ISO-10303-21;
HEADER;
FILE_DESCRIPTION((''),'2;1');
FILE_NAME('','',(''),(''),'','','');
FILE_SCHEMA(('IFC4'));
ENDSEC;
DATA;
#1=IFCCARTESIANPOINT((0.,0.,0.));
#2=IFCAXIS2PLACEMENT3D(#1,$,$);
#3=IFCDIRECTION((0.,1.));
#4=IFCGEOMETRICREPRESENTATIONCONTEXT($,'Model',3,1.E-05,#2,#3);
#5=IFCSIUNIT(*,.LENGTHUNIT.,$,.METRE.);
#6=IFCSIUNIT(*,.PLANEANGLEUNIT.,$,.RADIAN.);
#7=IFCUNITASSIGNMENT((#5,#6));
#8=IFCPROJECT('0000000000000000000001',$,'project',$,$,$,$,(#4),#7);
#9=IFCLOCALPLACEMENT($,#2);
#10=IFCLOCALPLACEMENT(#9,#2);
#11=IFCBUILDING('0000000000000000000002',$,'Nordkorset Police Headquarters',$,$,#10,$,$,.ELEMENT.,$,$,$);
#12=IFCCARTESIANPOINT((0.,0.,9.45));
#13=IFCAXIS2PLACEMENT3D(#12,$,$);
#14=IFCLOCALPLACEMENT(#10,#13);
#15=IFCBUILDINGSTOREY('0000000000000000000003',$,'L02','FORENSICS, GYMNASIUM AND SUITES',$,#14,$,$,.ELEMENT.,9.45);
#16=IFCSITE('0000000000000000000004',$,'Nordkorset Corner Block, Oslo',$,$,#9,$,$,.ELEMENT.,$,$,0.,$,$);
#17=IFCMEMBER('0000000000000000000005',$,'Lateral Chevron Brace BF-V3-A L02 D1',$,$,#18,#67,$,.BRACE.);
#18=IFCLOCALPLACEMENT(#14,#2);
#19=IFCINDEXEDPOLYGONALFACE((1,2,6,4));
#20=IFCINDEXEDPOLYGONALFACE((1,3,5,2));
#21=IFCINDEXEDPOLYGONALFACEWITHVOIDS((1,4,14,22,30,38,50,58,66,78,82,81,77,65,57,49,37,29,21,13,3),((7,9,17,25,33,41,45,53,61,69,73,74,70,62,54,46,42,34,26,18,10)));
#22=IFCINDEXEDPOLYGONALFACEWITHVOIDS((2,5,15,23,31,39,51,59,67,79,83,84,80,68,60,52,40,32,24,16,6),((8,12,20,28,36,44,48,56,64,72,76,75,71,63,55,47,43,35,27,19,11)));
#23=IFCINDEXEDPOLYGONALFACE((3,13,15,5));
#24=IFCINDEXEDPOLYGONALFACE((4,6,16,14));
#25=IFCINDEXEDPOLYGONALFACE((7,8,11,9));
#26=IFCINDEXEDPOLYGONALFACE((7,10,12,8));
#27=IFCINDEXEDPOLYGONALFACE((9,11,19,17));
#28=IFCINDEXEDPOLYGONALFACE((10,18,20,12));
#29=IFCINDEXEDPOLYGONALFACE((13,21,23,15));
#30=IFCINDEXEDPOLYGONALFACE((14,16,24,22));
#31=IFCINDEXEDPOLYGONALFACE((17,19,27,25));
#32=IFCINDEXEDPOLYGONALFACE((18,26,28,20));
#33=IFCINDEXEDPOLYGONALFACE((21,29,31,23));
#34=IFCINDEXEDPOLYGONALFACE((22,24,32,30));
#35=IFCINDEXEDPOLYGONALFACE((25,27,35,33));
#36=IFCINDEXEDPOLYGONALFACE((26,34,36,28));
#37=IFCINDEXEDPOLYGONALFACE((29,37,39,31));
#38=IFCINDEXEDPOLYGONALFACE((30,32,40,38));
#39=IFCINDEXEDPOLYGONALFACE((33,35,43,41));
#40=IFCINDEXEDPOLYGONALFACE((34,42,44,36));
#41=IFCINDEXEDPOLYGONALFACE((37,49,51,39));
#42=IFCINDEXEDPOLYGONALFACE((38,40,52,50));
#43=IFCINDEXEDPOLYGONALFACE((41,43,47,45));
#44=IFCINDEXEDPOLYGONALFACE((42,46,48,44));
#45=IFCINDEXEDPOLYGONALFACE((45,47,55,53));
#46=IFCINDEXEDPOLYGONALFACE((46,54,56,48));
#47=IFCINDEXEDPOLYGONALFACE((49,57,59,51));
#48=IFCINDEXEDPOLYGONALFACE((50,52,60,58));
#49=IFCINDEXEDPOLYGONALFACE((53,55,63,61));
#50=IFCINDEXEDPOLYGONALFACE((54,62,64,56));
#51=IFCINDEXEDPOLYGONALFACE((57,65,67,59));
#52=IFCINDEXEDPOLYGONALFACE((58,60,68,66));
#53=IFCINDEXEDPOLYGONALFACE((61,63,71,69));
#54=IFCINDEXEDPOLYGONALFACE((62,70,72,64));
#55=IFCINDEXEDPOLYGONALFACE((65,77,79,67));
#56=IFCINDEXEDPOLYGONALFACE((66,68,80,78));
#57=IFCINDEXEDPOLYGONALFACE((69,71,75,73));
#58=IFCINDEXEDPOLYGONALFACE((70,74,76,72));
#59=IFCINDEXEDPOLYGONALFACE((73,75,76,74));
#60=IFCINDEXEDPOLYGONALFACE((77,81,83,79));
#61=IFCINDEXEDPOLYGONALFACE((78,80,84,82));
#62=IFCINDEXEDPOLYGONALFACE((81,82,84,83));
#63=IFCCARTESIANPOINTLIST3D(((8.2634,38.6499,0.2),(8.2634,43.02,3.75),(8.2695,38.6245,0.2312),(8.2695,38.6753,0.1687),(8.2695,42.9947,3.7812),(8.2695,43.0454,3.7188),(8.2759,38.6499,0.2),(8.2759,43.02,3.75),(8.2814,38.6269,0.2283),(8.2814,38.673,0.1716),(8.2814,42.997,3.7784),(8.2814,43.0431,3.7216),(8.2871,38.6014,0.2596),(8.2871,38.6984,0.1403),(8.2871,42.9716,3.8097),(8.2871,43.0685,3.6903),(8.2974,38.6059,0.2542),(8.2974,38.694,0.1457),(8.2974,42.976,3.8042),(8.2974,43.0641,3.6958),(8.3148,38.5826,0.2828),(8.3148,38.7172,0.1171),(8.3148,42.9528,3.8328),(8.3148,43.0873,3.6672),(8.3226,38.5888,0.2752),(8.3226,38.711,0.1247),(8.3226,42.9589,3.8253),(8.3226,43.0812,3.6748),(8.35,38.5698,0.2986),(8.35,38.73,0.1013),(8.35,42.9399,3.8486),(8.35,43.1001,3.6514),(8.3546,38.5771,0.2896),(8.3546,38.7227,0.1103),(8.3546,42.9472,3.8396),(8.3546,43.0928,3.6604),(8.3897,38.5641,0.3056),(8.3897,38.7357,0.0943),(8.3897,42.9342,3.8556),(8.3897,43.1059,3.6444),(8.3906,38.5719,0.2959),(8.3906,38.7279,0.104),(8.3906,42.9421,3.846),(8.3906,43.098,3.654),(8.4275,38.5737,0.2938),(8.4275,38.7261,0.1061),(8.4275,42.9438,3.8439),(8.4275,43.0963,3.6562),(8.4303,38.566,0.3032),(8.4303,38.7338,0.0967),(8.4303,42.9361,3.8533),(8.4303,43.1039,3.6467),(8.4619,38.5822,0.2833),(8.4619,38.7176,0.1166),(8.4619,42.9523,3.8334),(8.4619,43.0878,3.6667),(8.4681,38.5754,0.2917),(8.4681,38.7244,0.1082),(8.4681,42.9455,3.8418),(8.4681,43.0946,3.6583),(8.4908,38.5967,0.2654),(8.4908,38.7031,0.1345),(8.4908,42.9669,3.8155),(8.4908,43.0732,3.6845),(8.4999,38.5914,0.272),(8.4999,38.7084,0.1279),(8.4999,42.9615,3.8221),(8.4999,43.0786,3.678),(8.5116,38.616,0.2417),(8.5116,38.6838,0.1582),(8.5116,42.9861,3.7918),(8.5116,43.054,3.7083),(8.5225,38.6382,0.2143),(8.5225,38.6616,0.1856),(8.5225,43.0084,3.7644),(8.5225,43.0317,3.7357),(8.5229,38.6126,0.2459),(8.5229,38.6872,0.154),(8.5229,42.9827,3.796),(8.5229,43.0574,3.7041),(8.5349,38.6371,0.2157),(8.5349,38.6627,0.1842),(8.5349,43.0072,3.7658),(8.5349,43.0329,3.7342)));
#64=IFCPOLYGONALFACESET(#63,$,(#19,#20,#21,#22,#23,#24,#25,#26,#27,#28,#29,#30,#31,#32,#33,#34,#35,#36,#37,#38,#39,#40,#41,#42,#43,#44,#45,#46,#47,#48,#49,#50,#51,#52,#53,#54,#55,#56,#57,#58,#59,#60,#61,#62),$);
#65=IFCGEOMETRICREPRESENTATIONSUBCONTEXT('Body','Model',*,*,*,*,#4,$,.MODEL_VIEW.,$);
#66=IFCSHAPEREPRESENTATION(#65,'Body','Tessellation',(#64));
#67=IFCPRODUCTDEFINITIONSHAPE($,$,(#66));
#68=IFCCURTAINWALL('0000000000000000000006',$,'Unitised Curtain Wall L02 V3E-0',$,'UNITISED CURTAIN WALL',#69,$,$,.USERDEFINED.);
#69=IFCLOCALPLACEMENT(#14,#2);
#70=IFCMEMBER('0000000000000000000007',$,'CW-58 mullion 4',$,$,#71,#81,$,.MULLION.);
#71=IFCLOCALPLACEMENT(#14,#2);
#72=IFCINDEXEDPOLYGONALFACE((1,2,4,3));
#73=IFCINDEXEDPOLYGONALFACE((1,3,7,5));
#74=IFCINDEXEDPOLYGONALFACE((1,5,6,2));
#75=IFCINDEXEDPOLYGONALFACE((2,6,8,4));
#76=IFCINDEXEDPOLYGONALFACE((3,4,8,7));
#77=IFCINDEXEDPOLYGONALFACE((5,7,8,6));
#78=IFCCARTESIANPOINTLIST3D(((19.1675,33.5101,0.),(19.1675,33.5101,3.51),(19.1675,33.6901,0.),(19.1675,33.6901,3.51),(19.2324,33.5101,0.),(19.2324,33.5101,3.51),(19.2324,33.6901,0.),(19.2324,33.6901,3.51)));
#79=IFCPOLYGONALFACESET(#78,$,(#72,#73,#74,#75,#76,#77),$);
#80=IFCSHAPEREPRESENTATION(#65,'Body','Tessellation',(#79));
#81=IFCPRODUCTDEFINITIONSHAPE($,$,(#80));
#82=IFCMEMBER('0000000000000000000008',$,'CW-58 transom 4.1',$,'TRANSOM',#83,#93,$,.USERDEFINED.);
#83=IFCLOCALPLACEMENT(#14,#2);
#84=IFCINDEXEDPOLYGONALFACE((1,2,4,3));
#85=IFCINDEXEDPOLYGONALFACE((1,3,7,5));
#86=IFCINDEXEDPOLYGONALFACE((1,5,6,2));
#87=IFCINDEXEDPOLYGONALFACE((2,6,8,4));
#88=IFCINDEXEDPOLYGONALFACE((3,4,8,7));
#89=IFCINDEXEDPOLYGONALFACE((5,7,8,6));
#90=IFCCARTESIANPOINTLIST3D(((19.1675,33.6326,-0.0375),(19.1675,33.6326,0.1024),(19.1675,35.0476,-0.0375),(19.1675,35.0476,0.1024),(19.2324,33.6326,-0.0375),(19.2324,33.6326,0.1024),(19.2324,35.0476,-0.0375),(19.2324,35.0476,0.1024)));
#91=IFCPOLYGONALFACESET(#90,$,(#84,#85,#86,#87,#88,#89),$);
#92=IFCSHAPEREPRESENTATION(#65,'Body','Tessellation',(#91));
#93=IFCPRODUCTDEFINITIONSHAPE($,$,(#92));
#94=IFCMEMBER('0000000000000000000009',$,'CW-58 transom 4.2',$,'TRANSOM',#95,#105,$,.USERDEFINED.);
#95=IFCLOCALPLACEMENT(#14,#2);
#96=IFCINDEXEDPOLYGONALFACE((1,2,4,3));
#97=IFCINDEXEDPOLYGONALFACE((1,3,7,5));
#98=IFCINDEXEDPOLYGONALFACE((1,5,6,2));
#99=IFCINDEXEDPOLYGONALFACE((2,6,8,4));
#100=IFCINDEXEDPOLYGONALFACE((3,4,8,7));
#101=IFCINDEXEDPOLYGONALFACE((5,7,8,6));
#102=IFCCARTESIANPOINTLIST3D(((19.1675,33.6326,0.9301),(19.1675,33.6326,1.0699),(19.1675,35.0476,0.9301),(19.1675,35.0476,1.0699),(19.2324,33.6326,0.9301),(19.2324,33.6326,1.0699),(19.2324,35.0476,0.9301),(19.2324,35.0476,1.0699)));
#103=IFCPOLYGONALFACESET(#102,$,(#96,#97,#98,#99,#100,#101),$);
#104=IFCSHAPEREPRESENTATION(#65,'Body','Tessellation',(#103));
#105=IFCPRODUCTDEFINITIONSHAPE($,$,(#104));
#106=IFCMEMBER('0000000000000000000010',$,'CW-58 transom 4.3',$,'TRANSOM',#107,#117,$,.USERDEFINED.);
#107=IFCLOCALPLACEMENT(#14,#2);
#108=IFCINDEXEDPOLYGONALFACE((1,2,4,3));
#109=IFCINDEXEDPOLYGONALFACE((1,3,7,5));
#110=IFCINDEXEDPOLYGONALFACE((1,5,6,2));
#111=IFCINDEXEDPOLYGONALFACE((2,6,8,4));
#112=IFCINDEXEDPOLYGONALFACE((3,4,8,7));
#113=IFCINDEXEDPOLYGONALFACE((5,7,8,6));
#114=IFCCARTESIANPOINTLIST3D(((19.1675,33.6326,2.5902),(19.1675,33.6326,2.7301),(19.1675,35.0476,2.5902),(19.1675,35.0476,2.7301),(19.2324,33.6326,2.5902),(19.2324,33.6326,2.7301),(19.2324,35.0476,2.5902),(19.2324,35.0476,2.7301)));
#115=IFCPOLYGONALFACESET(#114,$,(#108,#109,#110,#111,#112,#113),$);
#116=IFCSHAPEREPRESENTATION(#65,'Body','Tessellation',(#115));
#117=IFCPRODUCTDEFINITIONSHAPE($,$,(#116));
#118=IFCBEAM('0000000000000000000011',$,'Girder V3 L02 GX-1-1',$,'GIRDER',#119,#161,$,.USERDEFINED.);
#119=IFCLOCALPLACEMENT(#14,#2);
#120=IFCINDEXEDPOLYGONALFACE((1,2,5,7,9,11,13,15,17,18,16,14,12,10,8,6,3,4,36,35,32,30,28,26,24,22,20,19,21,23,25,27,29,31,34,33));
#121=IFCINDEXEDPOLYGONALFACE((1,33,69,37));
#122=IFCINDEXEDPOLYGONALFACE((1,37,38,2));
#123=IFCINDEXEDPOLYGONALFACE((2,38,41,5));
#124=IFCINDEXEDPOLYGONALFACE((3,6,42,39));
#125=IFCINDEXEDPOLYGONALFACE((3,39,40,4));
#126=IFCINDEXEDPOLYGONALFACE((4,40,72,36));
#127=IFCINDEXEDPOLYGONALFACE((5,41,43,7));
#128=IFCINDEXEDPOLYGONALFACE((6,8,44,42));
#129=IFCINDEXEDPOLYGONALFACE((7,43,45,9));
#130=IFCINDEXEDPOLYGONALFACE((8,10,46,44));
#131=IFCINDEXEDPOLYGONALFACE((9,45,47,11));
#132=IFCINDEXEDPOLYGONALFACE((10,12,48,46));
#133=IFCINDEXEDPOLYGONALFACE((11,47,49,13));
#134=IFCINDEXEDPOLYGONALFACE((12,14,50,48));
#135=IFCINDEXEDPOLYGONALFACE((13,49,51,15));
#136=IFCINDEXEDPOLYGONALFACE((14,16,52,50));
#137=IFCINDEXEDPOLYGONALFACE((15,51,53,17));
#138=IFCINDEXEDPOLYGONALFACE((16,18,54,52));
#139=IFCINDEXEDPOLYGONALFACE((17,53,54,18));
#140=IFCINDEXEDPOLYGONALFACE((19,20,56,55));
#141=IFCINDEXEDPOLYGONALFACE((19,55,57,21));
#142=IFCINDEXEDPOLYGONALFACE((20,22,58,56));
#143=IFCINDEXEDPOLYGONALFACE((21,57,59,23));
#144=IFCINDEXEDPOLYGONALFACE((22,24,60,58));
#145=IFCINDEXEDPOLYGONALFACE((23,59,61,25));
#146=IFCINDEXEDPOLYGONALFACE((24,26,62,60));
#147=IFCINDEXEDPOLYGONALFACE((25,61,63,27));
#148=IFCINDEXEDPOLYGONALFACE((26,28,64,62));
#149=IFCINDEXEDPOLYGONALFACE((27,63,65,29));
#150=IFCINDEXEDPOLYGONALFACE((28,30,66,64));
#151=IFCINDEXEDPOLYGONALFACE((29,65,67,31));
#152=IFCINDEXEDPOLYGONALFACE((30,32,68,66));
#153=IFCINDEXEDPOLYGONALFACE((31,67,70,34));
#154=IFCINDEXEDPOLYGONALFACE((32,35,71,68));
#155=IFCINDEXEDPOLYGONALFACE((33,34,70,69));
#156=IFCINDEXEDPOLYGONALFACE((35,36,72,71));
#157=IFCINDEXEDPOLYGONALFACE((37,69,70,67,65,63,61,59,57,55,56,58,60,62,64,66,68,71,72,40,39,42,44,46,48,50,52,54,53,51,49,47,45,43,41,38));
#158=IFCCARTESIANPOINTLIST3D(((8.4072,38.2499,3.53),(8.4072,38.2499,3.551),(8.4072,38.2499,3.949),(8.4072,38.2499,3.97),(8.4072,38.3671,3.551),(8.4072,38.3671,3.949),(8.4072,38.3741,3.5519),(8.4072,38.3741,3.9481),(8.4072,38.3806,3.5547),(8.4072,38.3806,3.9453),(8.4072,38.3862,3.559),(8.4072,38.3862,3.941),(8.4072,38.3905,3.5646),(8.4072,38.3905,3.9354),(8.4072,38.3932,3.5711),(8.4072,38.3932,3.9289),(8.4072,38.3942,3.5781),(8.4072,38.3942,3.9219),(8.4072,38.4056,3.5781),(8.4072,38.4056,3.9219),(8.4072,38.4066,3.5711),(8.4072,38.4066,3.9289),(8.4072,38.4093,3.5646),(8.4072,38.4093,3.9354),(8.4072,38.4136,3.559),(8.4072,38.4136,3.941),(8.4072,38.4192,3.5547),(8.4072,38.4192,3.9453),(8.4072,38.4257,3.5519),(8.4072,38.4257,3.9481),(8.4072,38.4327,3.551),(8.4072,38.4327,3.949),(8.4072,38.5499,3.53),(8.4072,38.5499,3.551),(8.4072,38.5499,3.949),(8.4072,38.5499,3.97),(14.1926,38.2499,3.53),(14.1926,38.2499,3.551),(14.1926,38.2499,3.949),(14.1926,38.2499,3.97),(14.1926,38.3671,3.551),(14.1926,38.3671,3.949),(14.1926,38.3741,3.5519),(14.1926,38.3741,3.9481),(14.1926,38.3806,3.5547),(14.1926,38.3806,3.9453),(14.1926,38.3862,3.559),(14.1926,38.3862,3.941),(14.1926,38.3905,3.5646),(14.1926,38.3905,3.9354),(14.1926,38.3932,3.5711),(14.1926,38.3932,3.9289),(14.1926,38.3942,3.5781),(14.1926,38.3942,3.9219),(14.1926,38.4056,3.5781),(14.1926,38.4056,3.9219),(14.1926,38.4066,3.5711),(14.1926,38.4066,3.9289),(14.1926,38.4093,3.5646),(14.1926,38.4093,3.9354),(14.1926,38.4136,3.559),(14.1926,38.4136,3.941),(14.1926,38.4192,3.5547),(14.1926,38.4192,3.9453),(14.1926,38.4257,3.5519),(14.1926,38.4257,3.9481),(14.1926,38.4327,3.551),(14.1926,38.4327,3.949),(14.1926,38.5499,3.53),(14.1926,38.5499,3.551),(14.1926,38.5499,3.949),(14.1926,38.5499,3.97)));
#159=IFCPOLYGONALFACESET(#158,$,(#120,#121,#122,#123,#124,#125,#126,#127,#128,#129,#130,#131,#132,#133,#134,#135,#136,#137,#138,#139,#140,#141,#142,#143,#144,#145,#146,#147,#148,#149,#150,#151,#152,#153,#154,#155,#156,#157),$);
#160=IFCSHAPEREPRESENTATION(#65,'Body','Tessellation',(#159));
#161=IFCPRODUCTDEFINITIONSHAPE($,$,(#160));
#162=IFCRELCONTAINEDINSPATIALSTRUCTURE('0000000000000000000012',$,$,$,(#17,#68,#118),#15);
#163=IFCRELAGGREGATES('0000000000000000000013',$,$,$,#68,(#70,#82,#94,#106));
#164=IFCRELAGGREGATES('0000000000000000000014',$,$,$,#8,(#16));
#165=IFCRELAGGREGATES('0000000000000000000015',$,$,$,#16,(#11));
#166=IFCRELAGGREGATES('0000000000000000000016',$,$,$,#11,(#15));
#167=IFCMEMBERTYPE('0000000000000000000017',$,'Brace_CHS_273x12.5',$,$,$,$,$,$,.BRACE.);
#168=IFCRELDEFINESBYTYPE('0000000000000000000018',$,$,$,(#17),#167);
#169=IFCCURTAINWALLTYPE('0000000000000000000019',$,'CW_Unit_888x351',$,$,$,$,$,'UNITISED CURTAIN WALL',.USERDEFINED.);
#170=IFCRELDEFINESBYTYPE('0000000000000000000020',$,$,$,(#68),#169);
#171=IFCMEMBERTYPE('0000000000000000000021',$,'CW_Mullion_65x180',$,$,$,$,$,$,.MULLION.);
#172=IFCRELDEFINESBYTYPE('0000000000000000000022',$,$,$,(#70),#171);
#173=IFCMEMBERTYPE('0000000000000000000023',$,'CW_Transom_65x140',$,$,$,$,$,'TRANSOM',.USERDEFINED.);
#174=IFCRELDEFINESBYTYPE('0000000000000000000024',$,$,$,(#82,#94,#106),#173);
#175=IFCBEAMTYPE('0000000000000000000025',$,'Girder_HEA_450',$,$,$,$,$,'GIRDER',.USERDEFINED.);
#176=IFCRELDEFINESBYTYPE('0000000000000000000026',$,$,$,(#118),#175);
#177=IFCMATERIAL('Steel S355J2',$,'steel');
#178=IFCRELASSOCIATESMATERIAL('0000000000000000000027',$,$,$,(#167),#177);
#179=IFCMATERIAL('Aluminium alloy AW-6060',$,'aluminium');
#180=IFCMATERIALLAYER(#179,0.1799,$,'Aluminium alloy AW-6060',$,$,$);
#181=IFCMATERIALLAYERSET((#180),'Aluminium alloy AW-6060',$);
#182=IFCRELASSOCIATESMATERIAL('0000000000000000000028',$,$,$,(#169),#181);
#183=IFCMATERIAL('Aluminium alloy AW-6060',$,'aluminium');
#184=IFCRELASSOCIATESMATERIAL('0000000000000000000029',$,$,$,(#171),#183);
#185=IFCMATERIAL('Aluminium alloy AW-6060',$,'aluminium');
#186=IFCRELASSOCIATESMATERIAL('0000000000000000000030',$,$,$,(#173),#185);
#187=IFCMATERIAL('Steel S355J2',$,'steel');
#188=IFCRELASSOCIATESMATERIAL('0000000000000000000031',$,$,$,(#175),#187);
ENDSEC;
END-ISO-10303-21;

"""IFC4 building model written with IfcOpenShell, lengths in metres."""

from ifc_helpers import new_model, si_unit, direction, frame, origin, origin_2d, place, context, subcontext, project, spatial, rectangle, hollow_circle, i_section, extrude, material, layer, layer_set, material_profile, profile_set, type_object, element, aggregate, save


model = new_model("IFC4")

# Units and contexts
model_context = context("Model", 3, precision=1e-05, world=origin(), true_north=direction((0.0, 1.0)))
body_context = subcontext(model_context, "Body", "Model", "MODEL_VIEW")
ifc_project = project(units=[si_unit("LENGTHUNIT", "METRE"), si_unit("PLANEANGLEUNIT", "RADIAN")], contexts=[model_context])

# Site, building, storey
site_placement = place(None, origin())
site = spatial("IfcSite", under=ifc_project, at=site_placement, Name="Nordkorset Corner Block, Oslo", CompositionType="ELEMENT", RefElevation=0.0)
building_placement = place(site_placement, origin())
building = spatial("IfcBuilding", under=site, at=building_placement, Name="Nordkorset Police Headquarters", CompositionType="ELEMENT")
storey_placement = place(building_placement, frame((0.0, 0.0, 9.45)))
storey = spatial("IfcBuildingStorey", under=building, at=storey_placement, Name="L02", Description="FORENSICS, GYMNASIUM AND SUITES", CompositionType="ELEMENT", Elevation=9.45)

# Member
ifc_material_1 = material(Name="Steel S355J2", Category="steel")
ifc_material_profile_1 = material_profile(ifc_material_1, hollow_circle(Radius=0.1365, WallThickness=0.0125, at=origin_2d()), Name="CHS 273x12.5")
ifc_profile_set_1 = profile_set([ifc_material_profile_1], Name="Steel S355J2")
member_type_1 = type_object("IfcMemberType", Name="Brace_CHS_273x12.5", PredefinedType="BRACE", material=ifc_profile_set_1)
member_1_placement = place(storey_placement, frame((8.3999, 38.6499, 0.2), z_axis=(0.0, 0.776172, 0.630521), x_axis=(-1.0, 0.0, 0.0)))
element("IfcMember", 1, at=member_1_placement, inside=storey, type_object=member_type_1, Name="Lateral Chevron Brace BF-V3-A L02 D1", PredefinedType="BRACE", context=body_context, shape_type="SweptSolid", body=[
    extrude(hollow_circle(Radius=0.1365, WallThickness=0.0125, at=origin_2d()), origin(), (0.0, 0.0, 1.0), 5.6304),
])

# Curtain wall, members
ifc_material_2 = material(Name="Aluminium alloy AW-6060", Category="aluminium")
ifc_layer_1 = layer(ifc_material_2, 0.1799, Name="Aluminium alloy AW-6060")
ifc_layer_set_1 = layer_set([ifc_layer_1], Name="Aluminium alloy AW-6060")
curtain_wall_type = type_object("IfcCurtainWallType", Name="CW_Unit_888x351", ElementType="UNITISED CURTAIN WALL", PredefinedType="USERDEFINED", material=ifc_layer_set_1)
curtain_wall_placement = place(storey_placement, origin())
curtain_wall = element("IfcCurtainWall", 2, at=curtain_wall_placement, inside=storey, type_object=curtain_wall_type, Name="Unitised Curtain Wall L02 V3E-0", ObjectType="UNITISED CURTAIN WALL", PredefinedType="USERDEFINED")
ifc_material_3 = material(Name="Aluminium alloy AW-6060", Category="aluminium")
ifc_material_profile_2 = material_profile(ifc_material_3, rectangle(XDim=0.0649, YDim=0.1799, at=origin_2d()), Name="ALU MULL 65x180")
ifc_profile_set_2 = profile_set([ifc_material_profile_2], Name="Aluminium alloy AW-6060")
member_type_2 = type_object("IfcMemberType", Name="CW_Mullion_65x180", PredefinedType="MULLION", material=ifc_profile_set_2)
member_2_placement = place(storey_placement, frame((19.2, 33.6001, 0.0), z_axis=(0.0, 0.0, 1.0), x_axis=(-1.0, 0.0, 0.0)))
member_2 = element("IfcMember", 3, at=member_2_placement, type_object=member_type_2, Name="CW-58 mullion 4", PredefinedType="MULLION", context=body_context, shape_type="SweptSolid", body=[
    extrude(rectangle(XDim=0.0649, YDim=0.1799, at=origin_2d()), origin(), (0.0, 0.0, 1.0), 3.51),
])
ifc_material_4 = material(Name="Aluminium alloy AW-6060", Category="aluminium")
ifc_material_profile_3 = material_profile(ifc_material_4, rectangle(XDim=0.0649, YDim=0.1399, at=origin_2d()), Name="ALU TRAN 65x140")
ifc_profile_set_3 = profile_set([ifc_material_profile_3], Name="Aluminium alloy AW-6060")
member_type_3 = type_object("IfcMemberType", Name="CW_Transom_65x140", ElementType="TRANSOM", PredefinedType="USERDEFINED", material=ifc_profile_set_3)
member_3_placement = place(storey_placement, frame((19.2, 33.6326, 0.0325), z_axis=(0.0, 1.0, 0.0), x_axis=(-1.0, 0.0, 0.0)))
member_3 = element("IfcMember", 4, at=member_3_placement, type_object=member_type_3, Name="CW-58 transom 4.1", ObjectType="TRANSOM", PredefinedType="USERDEFINED", context=body_context, shape_type="SweptSolid", body=[
    extrude(rectangle(XDim=0.0649, YDim=0.1399, at=origin_2d()), origin(), (0.0, 0.0, 1.0), 1.415),
])
member_4_placement = place(storey_placement, frame((19.2, 33.6326, 1.0), z_axis=(0.0, 1.0, 0.0), x_axis=(-1.0, 0.0, 0.0)))
member_4 = element("IfcMember", 5, at=member_4_placement, type_object=member_type_3, Name="CW-58 transom 4.2", ObjectType="TRANSOM", PredefinedType="USERDEFINED", context=body_context, shape_type="SweptSolid", body=[
    extrude(rectangle(XDim=0.0649, YDim=0.1399, at=origin_2d()), origin(), (0.0, 0.0, 1.0), 1.415),
])
member_5_placement = place(storey_placement, frame((19.2, 33.6326, 2.6602), z_axis=(0.0, 1.0, 0.0), x_axis=(-1.0, 0.0, 0.0)))
member_5 = element("IfcMember", 6, at=member_5_placement, type_object=member_type_3, Name="CW-58 transom 4.3", ObjectType="TRANSOM", PredefinedType="USERDEFINED", context=body_context, shape_type="SweptSolid", body=[
    extrude(rectangle(XDim=0.0649, YDim=0.1399, at=origin_2d()), origin(), (0.0, 0.0, 1.0), 1.415),
])

# Beam
ifc_material_5 = material(Name="Steel S355J2", Category="steel")
ifc_material_profile_4 = material_profile(ifc_material_5, i_section(OverallWidth=0.3, OverallDepth=0.4399, WebThickness=0.0115, FlangeThickness=0.021, FilletRadius=0.0271, at=origin_2d()), Name="HEA 450")
ifc_profile_set_4 = profile_set([ifc_material_profile_4], Name="Steel S355J2")
beam_type_1 = type_object("IfcBeamType", Name="Girder_HEA_450", ElementType="GIRDER", PredefinedType="USERDEFINED", material=ifc_profile_set_4)
beam_1_placement = place(storey_placement, frame((8.4072, 38.3999, 3.75), z_axis=(1.0, 0.0, 0.0), x_axis=(0.0, 1.0, 0.0)))
element("IfcBeam", 7, at=beam_1_placement, inside=storey, type_object=beam_type_1, Name="Girder V3 L02 GX-1-1", ObjectType="GIRDER", PredefinedType="USERDEFINED", context=body_context, shape_type="SweptSolid", body=[
    extrude(i_section(OverallWidth=0.3, OverallDepth=0.4399, WebThickness=0.0115, FlangeThickness=0.021, FilletRadius=0.0271, at=origin_2d()), origin(), (0.0, 0.0, 1.0), 5.7854),
])

aggregate(curtain_wall, [member_2, member_3, member_4, member_5])

save(model, "model.ifc")
